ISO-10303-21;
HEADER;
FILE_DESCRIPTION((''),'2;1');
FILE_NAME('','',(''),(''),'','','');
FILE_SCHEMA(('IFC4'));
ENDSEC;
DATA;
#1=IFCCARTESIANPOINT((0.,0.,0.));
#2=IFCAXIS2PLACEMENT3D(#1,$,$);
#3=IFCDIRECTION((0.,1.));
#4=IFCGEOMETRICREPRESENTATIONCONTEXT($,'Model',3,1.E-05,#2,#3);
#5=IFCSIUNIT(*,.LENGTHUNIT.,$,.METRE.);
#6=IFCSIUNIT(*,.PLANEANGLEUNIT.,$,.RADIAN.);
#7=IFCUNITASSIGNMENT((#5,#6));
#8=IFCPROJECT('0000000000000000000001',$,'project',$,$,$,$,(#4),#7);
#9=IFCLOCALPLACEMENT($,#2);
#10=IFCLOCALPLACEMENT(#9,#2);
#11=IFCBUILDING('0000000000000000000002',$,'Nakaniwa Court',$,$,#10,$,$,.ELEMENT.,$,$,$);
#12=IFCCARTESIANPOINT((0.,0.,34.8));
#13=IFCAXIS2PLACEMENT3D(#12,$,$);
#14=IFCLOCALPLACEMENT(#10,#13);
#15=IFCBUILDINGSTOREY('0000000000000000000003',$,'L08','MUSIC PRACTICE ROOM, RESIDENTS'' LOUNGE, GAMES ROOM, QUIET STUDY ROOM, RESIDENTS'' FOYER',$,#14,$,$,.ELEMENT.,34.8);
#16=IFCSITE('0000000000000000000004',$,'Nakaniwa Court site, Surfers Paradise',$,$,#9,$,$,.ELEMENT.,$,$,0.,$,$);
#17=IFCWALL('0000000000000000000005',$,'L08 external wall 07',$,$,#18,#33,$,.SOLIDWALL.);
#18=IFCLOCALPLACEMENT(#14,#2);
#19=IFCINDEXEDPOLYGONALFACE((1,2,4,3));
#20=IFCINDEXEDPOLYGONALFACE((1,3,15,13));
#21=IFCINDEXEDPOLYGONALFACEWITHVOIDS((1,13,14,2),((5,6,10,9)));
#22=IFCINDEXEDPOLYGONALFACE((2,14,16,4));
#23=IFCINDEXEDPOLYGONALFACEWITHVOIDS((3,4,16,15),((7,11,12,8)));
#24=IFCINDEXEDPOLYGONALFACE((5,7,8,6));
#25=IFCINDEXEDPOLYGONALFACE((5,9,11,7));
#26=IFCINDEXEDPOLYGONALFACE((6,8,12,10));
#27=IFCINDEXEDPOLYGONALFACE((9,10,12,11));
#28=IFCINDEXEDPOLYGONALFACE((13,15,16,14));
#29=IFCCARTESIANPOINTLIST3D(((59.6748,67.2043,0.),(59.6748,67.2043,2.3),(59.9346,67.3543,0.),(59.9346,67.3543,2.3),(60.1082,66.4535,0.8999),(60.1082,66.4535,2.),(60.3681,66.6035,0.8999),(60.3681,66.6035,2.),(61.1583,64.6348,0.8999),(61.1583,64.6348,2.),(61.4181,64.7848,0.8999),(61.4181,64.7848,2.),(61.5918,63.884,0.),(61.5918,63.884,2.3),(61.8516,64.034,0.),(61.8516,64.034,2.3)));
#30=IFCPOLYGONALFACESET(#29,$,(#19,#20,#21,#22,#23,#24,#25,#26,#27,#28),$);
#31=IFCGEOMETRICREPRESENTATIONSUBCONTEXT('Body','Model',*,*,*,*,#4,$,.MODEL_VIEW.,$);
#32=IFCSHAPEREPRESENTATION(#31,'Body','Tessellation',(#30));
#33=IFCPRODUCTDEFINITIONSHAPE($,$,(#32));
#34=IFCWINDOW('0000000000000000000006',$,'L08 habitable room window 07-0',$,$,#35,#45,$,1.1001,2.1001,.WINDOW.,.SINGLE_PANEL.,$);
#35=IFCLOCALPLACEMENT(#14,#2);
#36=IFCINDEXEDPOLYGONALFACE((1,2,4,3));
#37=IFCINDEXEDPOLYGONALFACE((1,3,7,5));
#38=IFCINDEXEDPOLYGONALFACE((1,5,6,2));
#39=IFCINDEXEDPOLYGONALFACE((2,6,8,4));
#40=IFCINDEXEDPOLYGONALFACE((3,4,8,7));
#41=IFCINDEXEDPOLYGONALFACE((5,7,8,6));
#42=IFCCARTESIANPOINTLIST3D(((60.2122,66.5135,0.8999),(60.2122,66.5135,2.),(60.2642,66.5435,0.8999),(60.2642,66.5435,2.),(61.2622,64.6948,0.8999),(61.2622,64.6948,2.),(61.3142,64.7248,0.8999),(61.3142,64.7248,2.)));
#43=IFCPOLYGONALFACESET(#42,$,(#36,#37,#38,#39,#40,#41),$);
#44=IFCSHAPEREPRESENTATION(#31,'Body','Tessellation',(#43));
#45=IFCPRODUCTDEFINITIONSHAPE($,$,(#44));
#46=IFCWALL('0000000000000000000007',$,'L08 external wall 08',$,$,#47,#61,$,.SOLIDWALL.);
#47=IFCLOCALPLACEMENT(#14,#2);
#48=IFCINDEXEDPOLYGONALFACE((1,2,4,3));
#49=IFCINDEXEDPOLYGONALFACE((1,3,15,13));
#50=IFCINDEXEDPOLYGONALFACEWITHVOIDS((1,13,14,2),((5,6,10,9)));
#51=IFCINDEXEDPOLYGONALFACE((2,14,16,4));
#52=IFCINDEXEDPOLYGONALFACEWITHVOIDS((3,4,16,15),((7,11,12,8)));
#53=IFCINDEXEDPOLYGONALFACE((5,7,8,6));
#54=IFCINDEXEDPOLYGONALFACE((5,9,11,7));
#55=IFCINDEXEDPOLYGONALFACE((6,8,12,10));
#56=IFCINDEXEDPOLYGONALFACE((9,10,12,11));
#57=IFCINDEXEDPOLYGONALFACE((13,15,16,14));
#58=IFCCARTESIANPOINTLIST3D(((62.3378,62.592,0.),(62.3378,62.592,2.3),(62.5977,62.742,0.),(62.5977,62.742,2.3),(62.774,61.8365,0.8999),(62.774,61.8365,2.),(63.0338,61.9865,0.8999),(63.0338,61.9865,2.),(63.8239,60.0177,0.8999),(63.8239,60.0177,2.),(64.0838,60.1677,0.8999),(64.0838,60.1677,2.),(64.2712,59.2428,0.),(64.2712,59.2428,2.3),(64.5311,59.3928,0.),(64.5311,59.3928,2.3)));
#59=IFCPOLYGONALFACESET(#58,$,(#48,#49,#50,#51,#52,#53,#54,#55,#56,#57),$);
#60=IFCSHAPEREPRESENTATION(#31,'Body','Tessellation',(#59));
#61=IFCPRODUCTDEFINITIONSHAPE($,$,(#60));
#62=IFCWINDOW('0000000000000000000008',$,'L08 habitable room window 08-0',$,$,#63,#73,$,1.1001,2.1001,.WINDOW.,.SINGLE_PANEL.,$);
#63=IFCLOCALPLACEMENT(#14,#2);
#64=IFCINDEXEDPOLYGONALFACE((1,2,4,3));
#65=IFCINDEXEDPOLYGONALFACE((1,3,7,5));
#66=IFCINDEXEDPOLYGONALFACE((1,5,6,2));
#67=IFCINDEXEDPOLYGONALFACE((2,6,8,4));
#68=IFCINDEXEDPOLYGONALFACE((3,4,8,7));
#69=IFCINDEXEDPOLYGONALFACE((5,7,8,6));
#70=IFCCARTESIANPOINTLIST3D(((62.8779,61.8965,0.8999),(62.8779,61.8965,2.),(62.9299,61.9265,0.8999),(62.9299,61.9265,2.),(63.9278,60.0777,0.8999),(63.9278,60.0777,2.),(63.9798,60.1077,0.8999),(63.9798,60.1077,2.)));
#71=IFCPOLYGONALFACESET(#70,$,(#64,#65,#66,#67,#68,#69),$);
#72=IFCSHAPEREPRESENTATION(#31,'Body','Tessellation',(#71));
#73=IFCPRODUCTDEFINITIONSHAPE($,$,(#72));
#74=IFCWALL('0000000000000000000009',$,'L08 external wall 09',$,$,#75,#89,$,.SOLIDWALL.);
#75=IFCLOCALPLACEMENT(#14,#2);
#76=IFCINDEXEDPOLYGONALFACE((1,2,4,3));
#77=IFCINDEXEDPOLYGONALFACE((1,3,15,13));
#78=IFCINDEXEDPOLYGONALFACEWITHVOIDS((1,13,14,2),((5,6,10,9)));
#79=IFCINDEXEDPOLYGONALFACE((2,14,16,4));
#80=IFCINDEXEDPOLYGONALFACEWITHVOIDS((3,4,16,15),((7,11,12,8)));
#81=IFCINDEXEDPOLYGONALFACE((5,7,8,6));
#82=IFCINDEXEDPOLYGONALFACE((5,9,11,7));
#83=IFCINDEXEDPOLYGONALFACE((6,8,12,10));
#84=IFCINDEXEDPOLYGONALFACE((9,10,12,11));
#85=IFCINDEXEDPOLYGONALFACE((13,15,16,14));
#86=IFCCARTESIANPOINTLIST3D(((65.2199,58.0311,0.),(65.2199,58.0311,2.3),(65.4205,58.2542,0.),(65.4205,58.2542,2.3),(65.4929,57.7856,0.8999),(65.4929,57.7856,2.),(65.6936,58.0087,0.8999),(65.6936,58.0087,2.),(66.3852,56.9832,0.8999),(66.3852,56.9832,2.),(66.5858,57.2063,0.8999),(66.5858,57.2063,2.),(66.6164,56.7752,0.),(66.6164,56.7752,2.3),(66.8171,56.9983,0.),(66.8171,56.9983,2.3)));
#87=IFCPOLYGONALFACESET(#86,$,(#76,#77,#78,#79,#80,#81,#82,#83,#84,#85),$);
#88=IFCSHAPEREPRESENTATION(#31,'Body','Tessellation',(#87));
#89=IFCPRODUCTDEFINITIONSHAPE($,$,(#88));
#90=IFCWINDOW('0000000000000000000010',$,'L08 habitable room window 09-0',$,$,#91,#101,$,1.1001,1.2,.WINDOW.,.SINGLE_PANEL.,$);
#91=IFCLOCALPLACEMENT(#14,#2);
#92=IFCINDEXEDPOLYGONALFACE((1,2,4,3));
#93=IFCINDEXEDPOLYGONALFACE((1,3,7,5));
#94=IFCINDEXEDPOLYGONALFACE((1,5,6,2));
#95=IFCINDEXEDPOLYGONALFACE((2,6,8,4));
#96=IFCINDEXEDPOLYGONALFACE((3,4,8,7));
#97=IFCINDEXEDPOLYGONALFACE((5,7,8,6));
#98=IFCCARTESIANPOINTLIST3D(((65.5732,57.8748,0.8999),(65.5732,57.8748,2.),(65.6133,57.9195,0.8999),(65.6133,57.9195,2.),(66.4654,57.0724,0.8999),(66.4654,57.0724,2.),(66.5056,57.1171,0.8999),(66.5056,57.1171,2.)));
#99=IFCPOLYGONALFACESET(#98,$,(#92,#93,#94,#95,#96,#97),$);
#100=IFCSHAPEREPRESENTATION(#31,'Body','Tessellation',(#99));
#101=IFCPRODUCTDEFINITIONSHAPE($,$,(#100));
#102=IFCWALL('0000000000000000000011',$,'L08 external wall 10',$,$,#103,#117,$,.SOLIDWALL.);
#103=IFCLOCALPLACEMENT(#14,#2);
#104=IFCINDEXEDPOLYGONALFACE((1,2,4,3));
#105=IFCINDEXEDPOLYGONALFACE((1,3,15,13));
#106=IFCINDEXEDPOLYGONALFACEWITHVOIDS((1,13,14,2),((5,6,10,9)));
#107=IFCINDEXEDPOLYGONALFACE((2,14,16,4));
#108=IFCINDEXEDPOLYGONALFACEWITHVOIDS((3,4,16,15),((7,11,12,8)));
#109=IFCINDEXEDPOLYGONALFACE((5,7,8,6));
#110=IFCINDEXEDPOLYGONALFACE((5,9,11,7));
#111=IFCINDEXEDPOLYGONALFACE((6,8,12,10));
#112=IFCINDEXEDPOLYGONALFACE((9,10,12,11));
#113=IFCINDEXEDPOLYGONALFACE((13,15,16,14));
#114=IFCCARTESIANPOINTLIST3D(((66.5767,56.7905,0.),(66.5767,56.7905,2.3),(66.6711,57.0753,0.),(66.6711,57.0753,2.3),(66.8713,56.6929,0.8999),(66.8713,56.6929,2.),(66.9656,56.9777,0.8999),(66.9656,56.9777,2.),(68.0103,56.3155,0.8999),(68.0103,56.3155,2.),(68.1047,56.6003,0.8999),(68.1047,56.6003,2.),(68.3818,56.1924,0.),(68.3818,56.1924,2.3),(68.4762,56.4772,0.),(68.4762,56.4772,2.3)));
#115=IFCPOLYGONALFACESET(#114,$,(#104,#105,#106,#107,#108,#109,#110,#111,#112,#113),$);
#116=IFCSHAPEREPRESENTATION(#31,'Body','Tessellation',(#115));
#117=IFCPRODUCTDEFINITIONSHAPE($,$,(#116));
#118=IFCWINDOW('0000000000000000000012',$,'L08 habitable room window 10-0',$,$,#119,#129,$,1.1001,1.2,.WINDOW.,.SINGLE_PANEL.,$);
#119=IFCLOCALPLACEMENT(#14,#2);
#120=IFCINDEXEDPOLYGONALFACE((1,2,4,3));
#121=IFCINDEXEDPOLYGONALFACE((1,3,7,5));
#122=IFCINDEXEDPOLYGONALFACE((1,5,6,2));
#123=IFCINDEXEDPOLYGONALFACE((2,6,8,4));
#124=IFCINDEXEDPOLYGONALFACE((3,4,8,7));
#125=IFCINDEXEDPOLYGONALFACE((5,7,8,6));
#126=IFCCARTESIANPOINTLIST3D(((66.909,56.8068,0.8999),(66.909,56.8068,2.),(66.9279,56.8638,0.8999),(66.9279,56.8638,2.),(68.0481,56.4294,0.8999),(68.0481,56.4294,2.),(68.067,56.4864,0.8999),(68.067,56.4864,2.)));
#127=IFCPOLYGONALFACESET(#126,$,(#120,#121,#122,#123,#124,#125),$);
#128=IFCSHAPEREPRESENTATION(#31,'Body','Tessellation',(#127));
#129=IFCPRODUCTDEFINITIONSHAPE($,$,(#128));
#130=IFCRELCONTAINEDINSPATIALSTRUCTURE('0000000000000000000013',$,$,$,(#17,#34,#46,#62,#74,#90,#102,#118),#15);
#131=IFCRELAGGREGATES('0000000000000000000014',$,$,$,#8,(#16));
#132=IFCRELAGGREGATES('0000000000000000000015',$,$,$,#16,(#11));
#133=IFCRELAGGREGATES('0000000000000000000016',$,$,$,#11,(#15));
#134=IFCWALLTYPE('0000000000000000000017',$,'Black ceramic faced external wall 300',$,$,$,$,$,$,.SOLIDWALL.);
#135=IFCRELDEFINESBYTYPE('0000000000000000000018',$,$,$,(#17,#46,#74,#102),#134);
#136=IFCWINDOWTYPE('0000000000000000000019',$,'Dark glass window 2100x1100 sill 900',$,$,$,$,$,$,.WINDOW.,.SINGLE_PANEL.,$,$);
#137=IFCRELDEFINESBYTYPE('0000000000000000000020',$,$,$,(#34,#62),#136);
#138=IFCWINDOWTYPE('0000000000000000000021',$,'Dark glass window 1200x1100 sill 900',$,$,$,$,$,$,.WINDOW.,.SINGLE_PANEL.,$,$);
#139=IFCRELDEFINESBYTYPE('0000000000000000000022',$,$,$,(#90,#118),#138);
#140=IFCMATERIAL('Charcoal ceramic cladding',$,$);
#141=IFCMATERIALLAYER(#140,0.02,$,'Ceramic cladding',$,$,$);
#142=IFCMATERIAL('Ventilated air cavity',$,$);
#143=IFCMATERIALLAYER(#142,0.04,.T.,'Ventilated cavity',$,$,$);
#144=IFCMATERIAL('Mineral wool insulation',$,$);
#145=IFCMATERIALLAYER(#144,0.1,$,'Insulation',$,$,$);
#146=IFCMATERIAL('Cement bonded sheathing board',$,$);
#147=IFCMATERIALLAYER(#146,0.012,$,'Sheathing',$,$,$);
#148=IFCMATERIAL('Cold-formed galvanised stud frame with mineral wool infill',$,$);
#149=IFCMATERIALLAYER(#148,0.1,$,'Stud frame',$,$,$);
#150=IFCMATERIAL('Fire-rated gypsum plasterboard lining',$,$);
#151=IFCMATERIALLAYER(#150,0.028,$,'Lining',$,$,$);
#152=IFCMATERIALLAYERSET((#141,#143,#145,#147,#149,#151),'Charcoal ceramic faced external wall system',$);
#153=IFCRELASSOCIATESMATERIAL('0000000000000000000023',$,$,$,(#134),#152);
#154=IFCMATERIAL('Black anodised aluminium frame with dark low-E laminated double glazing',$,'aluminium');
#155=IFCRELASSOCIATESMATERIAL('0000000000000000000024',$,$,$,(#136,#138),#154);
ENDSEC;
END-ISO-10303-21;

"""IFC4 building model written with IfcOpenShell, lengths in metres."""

from ifc_helpers import new_model, si_unit, direction, frame, frame_2d, origin, place, context, subcontext, project, spatial, rectangle, extrude, material, layer, layer_set, type_object, element, fill, save


model = new_model("IFC4")

# Units and contexts
model_context = context("Model", 3, precision=1e-05, world=origin(), true_north=direction((0.0, 1.0)))
body_context = subcontext(model_context, "Body", "Model", "MODEL_VIEW")
ifc_project = project(units=[si_unit("LENGTHUNIT", "METRE"), si_unit("PLANEANGLEUNIT", "RADIAN")], contexts=[model_context])

# Site, building, storey
site_placement = place(None, origin())
site = spatial("IfcSite", under=ifc_project, at=site_placement, Name="Nakaniwa Court site, Surfers Paradise", CompositionType="ELEMENT", RefElevation=0.0)
building_placement = place(site_placement, origin())
building = spatial("IfcBuilding", under=site, at=building_placement, Name="Nakaniwa Court", CompositionType="ELEMENT")
storey_placement = place(building_placement, frame((0.0, 0.0, 34.8)))
storey = spatial("IfcBuildingStorey", under=building, at=storey_placement, Name="L08", Description="MUSIC PRACTICE ROOM, RESIDENTS' LOUNGE, GAMES ROOM, QUIET STUDY ROOM, RESIDENTS' FOYER", CompositionType="ELEMENT", Elevation=34.8)

# Walls, openings, windows
ifc_material_1 = material(Name="Charcoal ceramic cladding")
ifc_layer_1 = layer(ifc_material_1, 0.02, Name="Ceramic cladding")
ifc_material_2 = material(Name="Ventilated air cavity")
ifc_layer_2 = layer(ifc_material_2, 0.04, ventilated=True, Name="Ventilated cavity")
ifc_material_3 = material(Name="Mineral wool insulation")
ifc_layer_3 = layer(ifc_material_3, 0.1, Name="Insulation")
ifc_material_4 = material(Name="Cement bonded sheathing board")
ifc_layer_4 = layer(ifc_material_4, 0.012, Name="Sheathing")
ifc_material_5 = material(Name="Cold-formed galvanised stud frame with mineral wool infill")
ifc_layer_5 = layer(ifc_material_5, 0.1, Name="Stud frame")
ifc_material_6 = material(Name="Fire-rated gypsum plasterboard lining")
ifc_layer_6 = layer(ifc_material_6, 0.028, Name="Lining")
ifc_layer_set_1 = layer_set([ifc_layer_1, ifc_layer_2, ifc_layer_3, ifc_layer_4, ifc_layer_5, ifc_layer_6], Name="Charcoal ceramic faced external wall system")
wall_type = type_object("IfcWallType", Name="Black ceramic faced external wall 300", PredefinedType="SOLIDWALL", material=ifc_layer_set_1)
ifc_material_7 = material(Name="Black anodised aluminium frame with dark low-E laminated double glazing", Category="aluminium")
window_type_1 = type_object("IfcWindowType", Name="Dark glass window 2100x1100 sill 900", PartitioningType="SINGLE_PANEL", PredefinedType="WINDOW", material=ifc_material_7)
wall_1_placement = place(storey_placement, frame((59.8047, 67.2793, 0.0), z_axis=(0.0, 0.0, 1.0), x_axis=(0.500002, -0.866024, 0.0)))
wall_1 = element("IfcWall", 1, at=wall_1_placement, inside=storey, type_object=wall_type, Name="L08 external wall 07", PredefinedType="SOLIDWALL", context=body_context, shape_type="SweptSolid", body=[
    extrude(rectangle(XDim=3.834, YDim=0.3, at=frame_2d((1.917, 0.0))), origin(), (0.0, 0.0, 1.0), 2.3),
])
opening_1_placement = place(wall_1_placement, frame((0.8669, 0.0, 0.8999)))
opening_1 = element("IfcOpeningElement", 2, at=opening_1_placement, cuts=wall_1, PredefinedType="OPENING", context=body_context, shape_type="SweptSolid", body=[
    extrude(rectangle(XDim=2.1001, YDim=1.1001, at=frame_2d((1.05, 0.55))), frame((0.0, 0.1599, 0.0), z_axis=(0.0, -1.0, 0.0), x_axis=(1.0, 0.0, 0.0)), (0.0, 0.0, 1.0), 0.3201),
])
window_1_placement = place(opening_1_placement, origin())
window_1 = element("IfcWindow", 3, at=window_1_placement, inside=storey, type_object=window_type_1, Name="L08 habitable room window 07-0", OverallHeight=1.1001, OverallWidth=2.1001, PartitioningType="SINGLE_PANEL", PredefinedType="WINDOW", context=body_context, shape_type="SweptSolid", body=[
    extrude(rectangle(XDim=2.1001, YDim=1.1001, at=frame_2d((1.05, 0.55))), frame((0.0, 0.03, 0.0), z_axis=(0.0, -1.0, 0.0), x_axis=(1.0, 0.0, 0.0)), (0.0, 0.0, 1.0), 0.0601),
])
fill(opening_1, window_1)
wall_2_placement = place(storey_placement, frame((62.4678, 62.667, 0.0), z_axis=(0.0, 0.0, 1.0), x_axis=(0.499948, -0.866055, 0.0)))
wall_2 = element("IfcWall", 4, at=wall_2_placement, inside=storey, type_object=wall_type, Name="L08 external wall 08", PredefinedType="SOLIDWALL", context=body_context, shape_type="SweptSolid", body=[
    extrude(rectangle(XDim=3.8672, YDim=0.3, at=frame_2d((1.9336, 0.0))), origin(), (0.0, 0.0, 1.0), 2.3),
])
opening_2_placement = place(wall_2_placement, frame((0.8723, 0.0, 0.8999)))
opening_2 = element("IfcOpeningElement", 5, at=opening_2_placement, cuts=wall_2, PredefinedType="OPENING", context=body_context, shape_type="SweptSolid", body=[
    extrude(rectangle(XDim=2.1001, YDim=1.1001, at=frame_2d((1.05, 0.55))), frame((0.0, 0.1599, 0.0), z_axis=(0.0, -1.0, 0.0), x_axis=(1.0, 0.0, 0.0)), (0.0, 0.0, 1.0), 0.3201),
])
window_2_placement = place(opening_2_placement, origin())
window_2 = element("IfcWindow", 6, at=window_2_placement, inside=storey, type_object=window_type_1, Name="L08 habitable room window 08-0", OverallHeight=1.1001, OverallWidth=2.1001, PartitioningType="SINGLE_PANEL", PredefinedType="WINDOW", context=body_context, shape_type="SweptSolid", body=[
    extrude(rectangle(XDim=2.1001, YDim=1.1001, at=frame_2d((1.05, 0.55))), frame((0.0, 0.03, 0.0), z_axis=(0.0, -1.0, 0.0), x_axis=(1.0, 0.0, 0.0)), (0.0, 0.0, 1.0), 0.0601),
])
fill(opening_2, window_2)
wall_3_placement = place(storey_placement, frame((65.3203, 58.1426, 0.0), z_axis=(0.0, 0.0, 1.0), x_axis=(0.743553, -0.668677, 0.0)))
wall_3 = element("IfcWall", 7, at=wall_3_placement, inside=storey, type_object=wall_type, Name="L08 external wall 09", PredefinedType="SOLIDWALL", context=body_context, shape_type="SweptSolid", body=[
    extrude(rectangle(XDim=1.8782, YDim=0.3, at=frame_2d((0.939, 0.0))), origin(), (0.0, 0.0, 1.0), 2.3),
])
opening_3_placement = place(wall_3_placement, frame((0.3669, 0.0, 0.8999)))
opening_3 = element("IfcOpeningElement", 8, at=opening_3_placement, cuts=wall_3, PredefinedType="OPENING", context=body_context, shape_type="SweptSolid", body=[
    extrude(rectangle(XDim=1.2, YDim=1.1001, at=frame_2d((0.6001, 0.55))), frame((0.0, 0.1599, 0.0), z_axis=(0.0, -1.0, 0.0), x_axis=(1.0, 0.0, 0.0)), (0.0, 0.0, 1.0), 0.3201),
])
window_type_2 = type_object("IfcWindowType", Name="Dark glass window 1200x1100 sill 900", PartitioningType="SINGLE_PANEL", PredefinedType="WINDOW", material=ifc_material_7)
window_3_placement = place(opening_3_placement, origin())
window_3 = element("IfcWindow", 9, at=window_3_placement, inside=storey, type_object=window_type_2, Name="L08 habitable room window 09-0", OverallHeight=1.1001, OverallWidth=1.2, PartitioningType="SINGLE_PANEL", PredefinedType="WINDOW", context=body_context, shape_type="SweptSolid", body=[
    extrude(rectangle(XDim=1.2, YDim=1.1001, at=frame_2d((0.6001, 0.55))), frame((0.0, 0.03, 0.0), z_axis=(0.0, -1.0, 0.0), x_axis=(1.0, 0.0, 0.0)), (0.0, 0.0, 1.0), 0.0601),
])
fill(opening_3, window_3)
wall_4_placement = place(storey_placement, frame((66.624, 56.9329, 0.0), z_axis=(0.0, 0.0, 1.0), x_axis=(0.949247, -0.314533, 0.0)))
wall_4 = element("IfcWall", 10, at=wall_4_placement, inside=storey, type_object=wall_type, Name="L08 external wall 10", PredefinedType="SOLIDWALL", context=body_context, shape_type="SweptSolid", body=[
    extrude(rectangle(XDim=1.9016, YDim=0.3, at=frame_2d((0.9507, 0.0))), origin(), (0.0, 0.0, 1.0), 2.3),
])
opening_4_placement = place(wall_4_placement, frame((0.3101, 0.0, 0.8999)))
opening_4 = element("IfcOpeningElement", 11, at=opening_4_placement, cuts=wall_4, PredefinedType="OPENING", context=body_context, shape_type="SweptSolid", body=[
    extrude(rectangle(XDim=1.2, YDim=1.1001, at=frame_2d((0.6001, 0.55))), frame((0.0, 0.1599, 0.0), z_axis=(0.0, -1.0, 0.0), x_axis=(1.0, 0.0, 0.0)), (0.0, 0.0, 1.0), 0.3201),
])
window_4_placement = place(opening_4_placement, origin())
window_4 = element("IfcWindow", 12, at=window_4_placement, inside=storey, type_object=window_type_2, Name="L08 habitable room window 10-0", OverallHeight=1.1001, OverallWidth=1.2, PartitioningType="SINGLE_PANEL", PredefinedType="WINDOW", context=body_context, shape_type="SweptSolid", body=[
    extrude(rectangle(XDim=1.2, YDim=1.1001, at=frame_2d((0.6001, 0.55))), frame((0.0, 0.03, 0.0), z_axis=(0.0, -1.0, 0.0), x_axis=(1.0, 0.0, 0.0)), (0.0, 0.0, 1.0), 0.0601),
])
fill(opening_4, window_4)

save(model, "model.ifc")
